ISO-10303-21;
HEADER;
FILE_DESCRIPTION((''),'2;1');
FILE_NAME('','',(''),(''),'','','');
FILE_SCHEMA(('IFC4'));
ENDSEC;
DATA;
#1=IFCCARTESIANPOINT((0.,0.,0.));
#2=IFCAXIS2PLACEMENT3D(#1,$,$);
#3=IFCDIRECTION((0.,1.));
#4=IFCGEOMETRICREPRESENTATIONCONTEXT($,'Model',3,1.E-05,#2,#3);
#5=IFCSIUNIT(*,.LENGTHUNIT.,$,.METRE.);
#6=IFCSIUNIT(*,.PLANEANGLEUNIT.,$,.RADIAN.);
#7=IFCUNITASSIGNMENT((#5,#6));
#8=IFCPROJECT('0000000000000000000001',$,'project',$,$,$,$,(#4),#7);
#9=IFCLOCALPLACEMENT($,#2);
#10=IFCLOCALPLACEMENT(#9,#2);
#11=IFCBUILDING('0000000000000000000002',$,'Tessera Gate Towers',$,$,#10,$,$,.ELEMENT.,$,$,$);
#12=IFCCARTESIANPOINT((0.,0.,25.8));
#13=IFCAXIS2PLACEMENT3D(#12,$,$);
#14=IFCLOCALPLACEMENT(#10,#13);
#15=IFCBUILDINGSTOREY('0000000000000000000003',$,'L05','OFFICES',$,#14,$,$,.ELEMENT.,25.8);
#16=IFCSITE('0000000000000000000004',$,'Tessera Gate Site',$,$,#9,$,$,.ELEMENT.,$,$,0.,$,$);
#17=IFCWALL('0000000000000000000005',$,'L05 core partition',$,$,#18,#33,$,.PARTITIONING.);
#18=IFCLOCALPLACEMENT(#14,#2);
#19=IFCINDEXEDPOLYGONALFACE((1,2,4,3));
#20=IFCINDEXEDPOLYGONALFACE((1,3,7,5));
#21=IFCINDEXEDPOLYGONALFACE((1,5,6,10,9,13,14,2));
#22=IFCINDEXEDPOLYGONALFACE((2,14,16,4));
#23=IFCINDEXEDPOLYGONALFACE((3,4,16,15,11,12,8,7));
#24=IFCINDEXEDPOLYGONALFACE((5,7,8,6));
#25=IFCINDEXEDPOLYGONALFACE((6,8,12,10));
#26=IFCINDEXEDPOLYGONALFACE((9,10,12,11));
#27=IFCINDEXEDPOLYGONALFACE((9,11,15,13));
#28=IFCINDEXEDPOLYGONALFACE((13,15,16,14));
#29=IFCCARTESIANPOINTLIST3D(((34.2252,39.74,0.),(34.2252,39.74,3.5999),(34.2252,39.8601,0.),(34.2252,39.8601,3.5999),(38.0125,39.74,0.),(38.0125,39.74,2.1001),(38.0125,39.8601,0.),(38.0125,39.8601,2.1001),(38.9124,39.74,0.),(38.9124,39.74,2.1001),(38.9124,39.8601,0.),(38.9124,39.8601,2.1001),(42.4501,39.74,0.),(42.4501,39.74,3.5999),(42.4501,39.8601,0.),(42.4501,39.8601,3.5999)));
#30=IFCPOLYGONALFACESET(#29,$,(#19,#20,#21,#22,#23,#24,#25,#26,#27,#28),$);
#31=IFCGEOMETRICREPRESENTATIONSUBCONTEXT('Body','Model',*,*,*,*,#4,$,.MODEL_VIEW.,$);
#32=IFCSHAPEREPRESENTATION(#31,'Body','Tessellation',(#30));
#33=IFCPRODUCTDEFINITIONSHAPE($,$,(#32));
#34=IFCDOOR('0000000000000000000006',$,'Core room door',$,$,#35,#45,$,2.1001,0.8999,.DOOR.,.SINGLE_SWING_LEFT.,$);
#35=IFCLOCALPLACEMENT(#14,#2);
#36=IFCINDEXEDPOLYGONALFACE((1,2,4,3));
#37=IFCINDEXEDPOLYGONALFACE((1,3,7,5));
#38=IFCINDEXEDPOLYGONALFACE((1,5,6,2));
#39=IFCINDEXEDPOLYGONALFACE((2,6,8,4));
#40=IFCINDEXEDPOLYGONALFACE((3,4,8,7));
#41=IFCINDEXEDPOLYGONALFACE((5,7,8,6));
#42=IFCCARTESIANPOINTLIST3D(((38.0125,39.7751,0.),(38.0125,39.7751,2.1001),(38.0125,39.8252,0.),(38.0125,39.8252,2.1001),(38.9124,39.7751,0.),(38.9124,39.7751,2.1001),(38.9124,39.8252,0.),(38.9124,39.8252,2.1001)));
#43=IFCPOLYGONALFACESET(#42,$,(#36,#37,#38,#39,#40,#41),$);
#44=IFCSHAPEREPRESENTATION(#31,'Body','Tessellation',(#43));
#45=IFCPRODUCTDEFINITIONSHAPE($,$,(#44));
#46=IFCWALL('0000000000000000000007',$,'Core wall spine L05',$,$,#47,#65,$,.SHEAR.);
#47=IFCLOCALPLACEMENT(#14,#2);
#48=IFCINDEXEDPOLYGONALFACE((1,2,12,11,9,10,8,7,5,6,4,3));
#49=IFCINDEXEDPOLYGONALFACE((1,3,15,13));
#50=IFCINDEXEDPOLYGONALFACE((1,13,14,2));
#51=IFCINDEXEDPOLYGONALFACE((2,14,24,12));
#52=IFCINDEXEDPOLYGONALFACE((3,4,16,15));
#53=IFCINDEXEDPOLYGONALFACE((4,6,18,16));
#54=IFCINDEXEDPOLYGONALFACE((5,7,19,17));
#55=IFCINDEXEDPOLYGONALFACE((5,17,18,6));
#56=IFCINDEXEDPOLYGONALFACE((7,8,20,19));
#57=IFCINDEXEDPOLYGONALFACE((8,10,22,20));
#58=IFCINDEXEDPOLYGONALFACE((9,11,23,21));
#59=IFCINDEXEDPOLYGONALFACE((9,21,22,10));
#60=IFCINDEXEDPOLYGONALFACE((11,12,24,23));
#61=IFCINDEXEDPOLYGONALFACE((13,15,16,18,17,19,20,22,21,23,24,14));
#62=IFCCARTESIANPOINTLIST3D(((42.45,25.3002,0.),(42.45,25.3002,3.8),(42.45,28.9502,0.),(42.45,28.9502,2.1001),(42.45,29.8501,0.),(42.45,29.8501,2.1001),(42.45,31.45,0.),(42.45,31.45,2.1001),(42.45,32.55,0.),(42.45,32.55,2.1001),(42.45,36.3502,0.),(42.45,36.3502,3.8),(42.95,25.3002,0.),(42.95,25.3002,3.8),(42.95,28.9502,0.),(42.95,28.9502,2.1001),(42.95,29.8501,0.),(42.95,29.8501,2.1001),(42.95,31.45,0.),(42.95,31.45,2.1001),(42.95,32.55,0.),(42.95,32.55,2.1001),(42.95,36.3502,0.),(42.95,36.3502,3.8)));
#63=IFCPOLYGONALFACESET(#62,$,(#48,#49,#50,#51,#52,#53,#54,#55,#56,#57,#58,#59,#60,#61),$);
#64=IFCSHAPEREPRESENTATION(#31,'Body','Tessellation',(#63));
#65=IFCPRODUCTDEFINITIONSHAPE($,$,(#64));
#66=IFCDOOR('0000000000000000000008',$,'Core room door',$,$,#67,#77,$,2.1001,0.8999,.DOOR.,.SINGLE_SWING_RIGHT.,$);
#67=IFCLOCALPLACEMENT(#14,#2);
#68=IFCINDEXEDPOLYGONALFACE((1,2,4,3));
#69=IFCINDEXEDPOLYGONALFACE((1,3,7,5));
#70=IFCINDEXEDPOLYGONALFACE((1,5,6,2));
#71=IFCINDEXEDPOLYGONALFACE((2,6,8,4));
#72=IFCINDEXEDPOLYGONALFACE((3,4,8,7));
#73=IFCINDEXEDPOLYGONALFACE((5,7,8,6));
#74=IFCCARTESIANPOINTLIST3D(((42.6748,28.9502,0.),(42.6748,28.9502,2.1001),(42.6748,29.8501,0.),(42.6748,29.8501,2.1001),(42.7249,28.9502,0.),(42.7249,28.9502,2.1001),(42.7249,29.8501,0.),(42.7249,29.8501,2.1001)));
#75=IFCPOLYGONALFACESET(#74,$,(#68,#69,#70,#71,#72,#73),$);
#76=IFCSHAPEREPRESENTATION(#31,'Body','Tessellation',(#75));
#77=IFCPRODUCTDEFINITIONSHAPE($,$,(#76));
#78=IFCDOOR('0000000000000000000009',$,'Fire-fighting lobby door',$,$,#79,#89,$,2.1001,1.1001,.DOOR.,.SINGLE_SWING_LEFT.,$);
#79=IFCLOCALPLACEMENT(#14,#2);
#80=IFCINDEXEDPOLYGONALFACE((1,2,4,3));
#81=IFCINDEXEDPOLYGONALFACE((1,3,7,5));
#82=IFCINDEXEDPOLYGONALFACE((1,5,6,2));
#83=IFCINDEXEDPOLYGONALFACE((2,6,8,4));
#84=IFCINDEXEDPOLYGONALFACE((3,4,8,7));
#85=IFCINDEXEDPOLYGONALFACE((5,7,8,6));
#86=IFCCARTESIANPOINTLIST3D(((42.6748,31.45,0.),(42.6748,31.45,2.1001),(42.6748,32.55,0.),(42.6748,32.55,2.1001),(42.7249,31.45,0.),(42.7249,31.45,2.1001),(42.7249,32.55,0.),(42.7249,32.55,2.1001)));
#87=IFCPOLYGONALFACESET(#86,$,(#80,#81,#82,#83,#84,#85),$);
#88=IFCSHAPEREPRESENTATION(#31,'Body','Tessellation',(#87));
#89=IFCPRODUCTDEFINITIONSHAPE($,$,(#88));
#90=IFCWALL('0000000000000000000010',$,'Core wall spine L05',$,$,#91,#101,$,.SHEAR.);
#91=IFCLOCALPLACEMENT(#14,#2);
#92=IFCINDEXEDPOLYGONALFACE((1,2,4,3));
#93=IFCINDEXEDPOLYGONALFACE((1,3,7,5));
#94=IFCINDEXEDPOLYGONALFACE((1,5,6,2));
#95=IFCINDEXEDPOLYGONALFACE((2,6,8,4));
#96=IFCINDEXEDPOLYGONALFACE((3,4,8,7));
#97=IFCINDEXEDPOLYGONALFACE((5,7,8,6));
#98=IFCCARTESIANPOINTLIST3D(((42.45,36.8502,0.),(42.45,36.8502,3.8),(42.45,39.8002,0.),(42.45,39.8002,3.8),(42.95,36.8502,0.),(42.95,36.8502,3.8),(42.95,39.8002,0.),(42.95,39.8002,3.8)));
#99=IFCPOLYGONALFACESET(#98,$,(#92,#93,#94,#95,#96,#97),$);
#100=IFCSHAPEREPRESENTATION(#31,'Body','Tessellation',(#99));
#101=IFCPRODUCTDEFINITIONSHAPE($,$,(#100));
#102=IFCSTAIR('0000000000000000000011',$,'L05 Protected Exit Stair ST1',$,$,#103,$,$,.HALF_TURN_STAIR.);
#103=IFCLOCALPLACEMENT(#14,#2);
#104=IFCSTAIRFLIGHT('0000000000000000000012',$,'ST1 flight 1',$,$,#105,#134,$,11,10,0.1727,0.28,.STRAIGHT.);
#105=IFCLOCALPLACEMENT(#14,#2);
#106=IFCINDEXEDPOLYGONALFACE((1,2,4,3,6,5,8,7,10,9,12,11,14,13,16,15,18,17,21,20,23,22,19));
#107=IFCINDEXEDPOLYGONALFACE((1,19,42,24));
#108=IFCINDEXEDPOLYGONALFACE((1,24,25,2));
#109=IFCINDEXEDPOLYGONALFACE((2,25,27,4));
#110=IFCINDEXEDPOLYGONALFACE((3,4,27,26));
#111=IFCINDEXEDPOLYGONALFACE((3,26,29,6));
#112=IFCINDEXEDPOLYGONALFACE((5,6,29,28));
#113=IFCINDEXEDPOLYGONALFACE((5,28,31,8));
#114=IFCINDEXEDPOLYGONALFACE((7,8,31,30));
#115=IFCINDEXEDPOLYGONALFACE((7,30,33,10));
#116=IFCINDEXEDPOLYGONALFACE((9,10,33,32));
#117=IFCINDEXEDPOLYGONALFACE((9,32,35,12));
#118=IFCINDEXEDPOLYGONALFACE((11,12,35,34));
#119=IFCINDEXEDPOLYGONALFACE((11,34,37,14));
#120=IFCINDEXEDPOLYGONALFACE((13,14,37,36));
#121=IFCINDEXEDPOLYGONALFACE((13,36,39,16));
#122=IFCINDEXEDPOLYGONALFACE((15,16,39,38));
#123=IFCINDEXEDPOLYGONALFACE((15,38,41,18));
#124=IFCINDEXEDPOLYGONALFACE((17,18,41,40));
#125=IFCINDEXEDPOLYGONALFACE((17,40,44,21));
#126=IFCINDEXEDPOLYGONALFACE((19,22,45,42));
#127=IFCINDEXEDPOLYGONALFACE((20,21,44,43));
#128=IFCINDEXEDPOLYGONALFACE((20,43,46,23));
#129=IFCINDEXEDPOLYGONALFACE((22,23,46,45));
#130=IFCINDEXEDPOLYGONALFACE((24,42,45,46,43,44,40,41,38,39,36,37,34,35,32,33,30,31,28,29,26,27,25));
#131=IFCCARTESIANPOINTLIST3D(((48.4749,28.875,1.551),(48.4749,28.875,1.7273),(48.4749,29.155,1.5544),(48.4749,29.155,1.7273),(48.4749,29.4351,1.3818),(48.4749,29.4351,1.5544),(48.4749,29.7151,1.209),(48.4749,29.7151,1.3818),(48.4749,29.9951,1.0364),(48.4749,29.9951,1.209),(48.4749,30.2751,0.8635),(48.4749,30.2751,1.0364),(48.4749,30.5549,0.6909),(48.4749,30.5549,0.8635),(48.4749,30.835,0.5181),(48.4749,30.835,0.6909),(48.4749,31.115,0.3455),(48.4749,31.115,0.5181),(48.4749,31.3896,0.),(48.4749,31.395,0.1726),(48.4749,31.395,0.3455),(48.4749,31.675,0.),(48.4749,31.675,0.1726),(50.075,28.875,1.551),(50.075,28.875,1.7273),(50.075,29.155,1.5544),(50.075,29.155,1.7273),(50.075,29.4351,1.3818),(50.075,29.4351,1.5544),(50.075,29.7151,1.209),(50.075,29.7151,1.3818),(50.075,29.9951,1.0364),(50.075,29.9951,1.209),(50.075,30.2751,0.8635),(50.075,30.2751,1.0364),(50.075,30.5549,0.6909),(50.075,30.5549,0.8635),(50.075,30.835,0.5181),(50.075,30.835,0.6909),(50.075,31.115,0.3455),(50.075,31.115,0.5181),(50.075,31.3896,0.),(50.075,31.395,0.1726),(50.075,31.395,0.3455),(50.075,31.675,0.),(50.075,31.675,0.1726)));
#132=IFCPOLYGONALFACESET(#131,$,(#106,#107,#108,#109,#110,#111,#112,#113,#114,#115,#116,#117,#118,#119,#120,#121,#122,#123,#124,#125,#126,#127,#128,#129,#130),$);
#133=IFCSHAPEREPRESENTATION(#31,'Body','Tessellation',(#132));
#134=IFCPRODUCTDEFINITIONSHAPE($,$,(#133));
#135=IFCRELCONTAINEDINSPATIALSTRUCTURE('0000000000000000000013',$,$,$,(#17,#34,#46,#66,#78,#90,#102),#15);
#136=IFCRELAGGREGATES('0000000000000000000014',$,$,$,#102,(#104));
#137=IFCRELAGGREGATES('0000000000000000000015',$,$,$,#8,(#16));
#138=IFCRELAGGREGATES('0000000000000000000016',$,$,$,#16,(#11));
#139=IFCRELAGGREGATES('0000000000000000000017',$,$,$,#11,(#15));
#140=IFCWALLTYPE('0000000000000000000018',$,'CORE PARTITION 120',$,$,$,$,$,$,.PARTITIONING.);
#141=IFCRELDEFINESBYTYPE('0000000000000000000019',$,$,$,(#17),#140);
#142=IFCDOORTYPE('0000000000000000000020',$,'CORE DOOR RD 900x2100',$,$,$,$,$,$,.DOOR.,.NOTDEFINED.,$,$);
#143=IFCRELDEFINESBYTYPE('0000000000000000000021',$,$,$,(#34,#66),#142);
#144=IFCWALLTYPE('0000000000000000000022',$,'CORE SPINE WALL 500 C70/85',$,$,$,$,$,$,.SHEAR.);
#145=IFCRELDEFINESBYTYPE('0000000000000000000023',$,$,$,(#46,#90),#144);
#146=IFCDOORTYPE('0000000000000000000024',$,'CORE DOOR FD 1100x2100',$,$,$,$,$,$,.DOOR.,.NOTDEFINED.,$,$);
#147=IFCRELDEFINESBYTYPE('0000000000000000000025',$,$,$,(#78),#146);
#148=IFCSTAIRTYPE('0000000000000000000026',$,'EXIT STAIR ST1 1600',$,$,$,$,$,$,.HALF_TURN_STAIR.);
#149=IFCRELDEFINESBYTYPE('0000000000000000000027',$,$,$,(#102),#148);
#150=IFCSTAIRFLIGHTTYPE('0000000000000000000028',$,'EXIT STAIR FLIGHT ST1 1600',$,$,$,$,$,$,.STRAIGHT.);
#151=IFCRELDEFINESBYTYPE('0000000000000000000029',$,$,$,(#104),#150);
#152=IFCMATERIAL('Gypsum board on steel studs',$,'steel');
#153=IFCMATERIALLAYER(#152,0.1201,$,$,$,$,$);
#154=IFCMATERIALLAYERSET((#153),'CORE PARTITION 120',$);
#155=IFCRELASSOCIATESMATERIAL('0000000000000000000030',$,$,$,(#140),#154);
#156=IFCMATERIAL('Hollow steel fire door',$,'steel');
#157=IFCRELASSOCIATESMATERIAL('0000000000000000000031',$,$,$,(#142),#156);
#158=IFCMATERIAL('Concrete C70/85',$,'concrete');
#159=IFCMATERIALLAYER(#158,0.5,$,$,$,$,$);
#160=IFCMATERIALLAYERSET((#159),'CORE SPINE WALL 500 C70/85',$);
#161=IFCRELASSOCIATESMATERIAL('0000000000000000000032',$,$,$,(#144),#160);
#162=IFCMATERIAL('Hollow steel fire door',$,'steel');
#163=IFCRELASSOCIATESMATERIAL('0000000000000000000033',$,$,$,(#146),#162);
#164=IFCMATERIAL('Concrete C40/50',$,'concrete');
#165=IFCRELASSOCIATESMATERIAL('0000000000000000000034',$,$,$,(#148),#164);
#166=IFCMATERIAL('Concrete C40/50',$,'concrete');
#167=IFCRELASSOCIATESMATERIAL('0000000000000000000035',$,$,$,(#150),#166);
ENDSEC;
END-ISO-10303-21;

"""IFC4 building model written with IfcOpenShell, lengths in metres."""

from ifc_helpers import new_model, si_unit, direction, frame, frame_2d, origin, place, context, subcontext, project, spatial, polyline, rectangle, outline, extrude, source, transform, mapped, material, layer, layer_set, type_object, element, fill, aggregate, save


model = new_model("IFC4")

# Units and contexts
model_context = context("Model", 3, precision=1e-05, world=origin(), true_north=direction((0.0, 1.0)))
body_context = subcontext(model_context, "Body", "Model", "MODEL_VIEW")
ifc_project = project(units=[si_unit("LENGTHUNIT", "METRE"), si_unit("PLANEANGLEUNIT", "RADIAN")], contexts=[model_context])

# Site, building, storey
site_placement = place(None, origin())
site = spatial("IfcSite", under=ifc_project, at=site_placement, Name="Tessera Gate Site", CompositionType="ELEMENT", RefElevation=0.0)
building_placement = place(site_placement, origin())
building = spatial("IfcBuilding", under=site, at=building_placement, Name="Tessera Gate Towers", CompositionType="ELEMENT")
storey_placement = place(building_placement, frame((0.0, 0.0, 25.8)))
storey = spatial("IfcBuildingStorey", under=building, at=storey_placement, Name="L05", Description="OFFICES", CompositionType="ELEMENT", Elevation=25.8)

# Wall, opening, door
ifc_material_1 = material(Name="Gypsum board on steel studs", Category="steel")
ifc_layer_1 = layer(ifc_material_1, 0.1201)
ifc_layer_set_1 = layer_set([ifc_layer_1], Name="CORE PARTITION 120")
wall_type_1 = type_object("IfcWallType", Name="CORE PARTITION 120", PredefinedType="PARTITIONING", material=ifc_layer_set_1)
wall_1_placement = place(storey_placement, frame((42.45, 39.8, 0.0), z_axis=(0.0, 0.0, 1.0), x_axis=(-1.0, 0.0, 0.0)))
wall_1 = element("IfcWall", 1, at=wall_1_placement, inside=storey, type_object=wall_type_1, Name="L05 core partition", PredefinedType="PARTITIONING", context=body_context, shape_type="SweptSolid", body=[
    extrude(rectangle(XDim=8.2249, YDim=0.1201, at=frame_2d((4.1123, 0.0))), origin(), (0.0, 0.0, 1.0), 3.5999),
])
shared_shape_1 = source(origin(), body_context, "Body", "SweptSolid", [
    extrude(rectangle(XDim=0.8999, YDim=2.1001, at=frame_2d((0.45, 1.05))), frame((0.0, 0.0701, 0.0), z_axis=(0.0, -1.0, 0.0), x_axis=(1.0, 0.0, 0.0)), (0.0, 0.0, 1.0), 0.1401),
])
opening_1_placement = place(wall_1_placement, frame((3.5376, 0.0, 0.0)))
opening_1 = element("IfcOpeningElement", 2, at=opening_1_placement, cuts=wall_1, PredefinedType="OPENING", context=body_context, shape_type="MappedRepresentation", body=[
    mapped(shared_shape_1, transform((0.0, 0.0, 0.0), scale=1.0)),
])
ifc_material_2 = material(Name="Hollow steel fire door", Category="steel")
door_type_1 = type_object("IfcDoorType", Name="CORE DOOR RD 900x2100", OperationType="NOTDEFINED", PredefinedType="DOOR", material=ifc_material_2)
shared_shape_2 = source(origin(), body_context, "Body", "SweptSolid", [
    extrude(rectangle(XDim=0.8999, YDim=2.1001, at=frame_2d((0.45, 1.05))), frame((0.0, 0.0249, 0.0), z_axis=(0.0, -1.0, 0.0), x_axis=(1.0, 0.0, 0.0)), (0.0, 0.0, 1.0), 0.05),
])
door_1_placement = place(opening_1_placement, origin())
door_1 = element("IfcDoor", 3, at=door_1_placement, inside=storey, type_object=door_type_1, Name="Core room door", OperationType="SINGLE_SWING_LEFT", OverallHeight=2.1001, OverallWidth=0.8999, PredefinedType="DOOR", context=body_context, shape_type="MappedRepresentation", body=[
    mapped(shared_shape_2, transform((0.0, 0.0, 0.0), scale=1.0)),
])
fill(opening_1, door_1)

# Wall, openings, doors
ifc_material_3 = material(Name="Concrete C70/85", Category="concrete")
ifc_layer_2 = layer(ifc_material_3, 0.5)
ifc_layer_set_2 = layer_set([ifc_layer_2], Name="CORE SPINE WALL 500 C70/85")
wall_type_2 = type_object("IfcWallType", Name="CORE SPINE WALL 500 C70/85", PredefinedType="SHEAR", material=ifc_layer_set_2)
wall_2_placement = place(storey_placement, frame((42.7, 36.3501, 0.0), z_axis=(0.0, 0.0, 1.0), x_axis=(0.0, -1.0, 0.0)))
wall_2 = element("IfcWall", 4, at=wall_2_placement, inside=storey, type_object=wall_type_2, Name="Core wall spine L05", PredefinedType="SHEAR", context=body_context, shape_type="SweptSolid", body=[
    extrude(rectangle(XDim=11.05, YDim=0.5, at=frame_2d((5.5249, 0.0))), origin(), (0.0, 0.0, 1.0), 3.8),
])
shared_shape_3 = source(origin(), body_context, "Body", "SweptSolid", [
    extrude(rectangle(XDim=0.8999, YDim=2.1001, at=frame_2d((0.45, 1.05))), frame((0.0, 0.26, 0.0), z_axis=(0.0, -1.0, 0.0), x_axis=(1.0, 0.0, 0.0)), (0.0, 0.0, 1.0), 0.52),
])
opening_2_placement = place(wall_2_placement, frame((6.5, 0.0, 0.0)))
opening_2 = element("IfcOpeningElement", 5, at=opening_2_placement, cuts=wall_2, PredefinedType="OPENING", context=body_context, shape_type="MappedRepresentation", body=[
    mapped(shared_shape_3, transform((0.0, 0.0, 0.0), scale=1.0)),
])
shared_shape_4 = source(origin(), body_context, "Body", "SweptSolid", [
    extrude(rectangle(XDim=1.1001, YDim=2.1001, at=frame_2d((0.55, 1.05))), frame((0.0, 0.26, 0.0), z_axis=(0.0, -1.0, 0.0), x_axis=(1.0, 0.0, 0.0)), (0.0, 0.0, 1.0), 0.52),
])
opening_3_placement = place(wall_2_placement, frame((3.8, 0.0, 0.0)))
opening_3 = element("IfcOpeningElement", 6, at=opening_3_placement, cuts=wall_2, PredefinedType="OPENING", context=body_context, shape_type="MappedRepresentation", body=[
    mapped(shared_shape_4, transform((0.0, 0.0, 0.0), scale=1.0)),
])
door_2_placement = place(opening_2_placement, origin())
door_2 = element("IfcDoor", 7, at=door_2_placement, inside=storey, type_object=door_type_1, Name="Core room door", OperationType="SINGLE_SWING_RIGHT", OverallHeight=2.1001, OverallWidth=0.8999, PredefinedType="DOOR", context=body_context, shape_type="MappedRepresentation", body=[
    mapped(shared_shape_2, transform((0.0, 0.0, 0.0), scale=1.0)),
])
fill(opening_2, door_2)
ifc_material_4 = material(Name="Hollow steel fire door", Category="steel")
door_type_2 = type_object("IfcDoorType", Name="CORE DOOR FD 1100x2100", OperationType="NOTDEFINED", PredefinedType="DOOR", material=ifc_material_4)
shared_shape_5 = source(origin(), body_context, "Body", "SweptSolid", [
    extrude(rectangle(XDim=1.1001, YDim=2.1001, at=frame_2d((0.55, 1.05))), frame((0.0, 0.0249, 0.0), z_axis=(0.0, -1.0, 0.0), x_axis=(1.0, 0.0, 0.0)), (0.0, 0.0, 1.0), 0.05),
])
door_3_placement = place(opening_3_placement, origin())
door_3 = element("IfcDoor", 8, at=door_3_placement, inside=storey, type_object=door_type_2, Name="Fire-fighting lobby door", OperationType="SINGLE_SWING_LEFT", OverallHeight=2.1001, OverallWidth=1.1001, PredefinedType="DOOR", context=body_context, shape_type="MappedRepresentation", body=[
    mapped(shared_shape_5, transform((0.0, 0.0, 0.0), scale=1.0)),
])
fill(opening_3, door_3)

# Wall
wall_3_placement = place(storey_placement, frame((42.7, 36.8501, 0.0), z_axis=(0.0, 0.0, 1.0), x_axis=(0.0, 1.0, 0.0)))
element("IfcWall", 9, at=wall_3_placement, inside=storey, type_object=wall_type_2, Name="Core wall spine L05", PredefinedType="SHEAR", context=body_context, shape_type="SweptSolid", body=[
    extrude(rectangle(XDim=2.95, YDim=0.5, at=frame_2d((1.4751, 0.0))), origin(), (0.0, 0.0, 1.0), 3.8),
])

# Stair, stair flight
ifc_material_5 = material(Name="Concrete C40/50", Category="concrete")
stair_type = type_object("IfcStairType", Name="EXIT STAIR ST1 1600", PredefinedType="HALF_TURN_STAIR", material=ifc_material_5)
stair_placement = place(storey_placement, origin())
stair = element("IfcStair", 10, at=stair_placement, inside=storey, type_object=stair_type, Name="L05 Protected Exit Stair ST1", PredefinedType="HALF_TURN_STAIR")
ifc_material_6 = material(Name="Concrete C40/50", Category="concrete")
stair_flight_type = type_object("IfcStairFlightType", Name="EXIT STAIR FLIGHT ST1 1600", PredefinedType="STRAIGHT", material=ifc_material_6)
stair_flight_placement = place(storey_placement, frame((49.2749, 31.675, 0.0), z_axis=(0.0, 0.0, 1.0), x_axis=(0.0, -1.0, 0.0)))
stair_flight = element("IfcStairFlight", 11, at=stair_flight_placement, type_object=stair_flight_type, Name="ST1 flight 1", NumberOfRisers=11, NumberOfTreads=10, PredefinedType="STRAIGHT", RiserHeight=0.1727, TreadLength=0.28, context=body_context, shape_type="SweptSolid", body=[
    extrude(outline(polyline([(0.0, 0.0), (0.0, 0.1726), (0.28, 0.1726), (0.28, 0.3455), (0.5601, 0.3455), (0.5601, 0.5181), (0.8401, 0.5181), (0.8401, 0.6909), (1.1201, 0.6909), (1.1201, 0.8635), (1.3999, 0.8635), (1.3999, 1.0364), (1.6799, 1.0364), (1.6799, 1.209), (1.96, 1.209), (1.96, 1.3818), (2.24, 1.3818), (2.24, 1.5544), (2.52, 1.5544), (2.52, 1.7273), (2.8, 1.7273), (2.8, 1.8999), (2.8, 1.551), (0.2854, 0.0), (0.0, 0.0)])), frame((0.0, 0.8, 0.0), z_axis=(0.0, -1.0, 0.0), x_axis=(1.0, 0.0, 0.0)), (0.0, 0.0, 1.0), 1.6001),
])
aggregate(stair, [stair_flight])

save(model, "model.ifc")
